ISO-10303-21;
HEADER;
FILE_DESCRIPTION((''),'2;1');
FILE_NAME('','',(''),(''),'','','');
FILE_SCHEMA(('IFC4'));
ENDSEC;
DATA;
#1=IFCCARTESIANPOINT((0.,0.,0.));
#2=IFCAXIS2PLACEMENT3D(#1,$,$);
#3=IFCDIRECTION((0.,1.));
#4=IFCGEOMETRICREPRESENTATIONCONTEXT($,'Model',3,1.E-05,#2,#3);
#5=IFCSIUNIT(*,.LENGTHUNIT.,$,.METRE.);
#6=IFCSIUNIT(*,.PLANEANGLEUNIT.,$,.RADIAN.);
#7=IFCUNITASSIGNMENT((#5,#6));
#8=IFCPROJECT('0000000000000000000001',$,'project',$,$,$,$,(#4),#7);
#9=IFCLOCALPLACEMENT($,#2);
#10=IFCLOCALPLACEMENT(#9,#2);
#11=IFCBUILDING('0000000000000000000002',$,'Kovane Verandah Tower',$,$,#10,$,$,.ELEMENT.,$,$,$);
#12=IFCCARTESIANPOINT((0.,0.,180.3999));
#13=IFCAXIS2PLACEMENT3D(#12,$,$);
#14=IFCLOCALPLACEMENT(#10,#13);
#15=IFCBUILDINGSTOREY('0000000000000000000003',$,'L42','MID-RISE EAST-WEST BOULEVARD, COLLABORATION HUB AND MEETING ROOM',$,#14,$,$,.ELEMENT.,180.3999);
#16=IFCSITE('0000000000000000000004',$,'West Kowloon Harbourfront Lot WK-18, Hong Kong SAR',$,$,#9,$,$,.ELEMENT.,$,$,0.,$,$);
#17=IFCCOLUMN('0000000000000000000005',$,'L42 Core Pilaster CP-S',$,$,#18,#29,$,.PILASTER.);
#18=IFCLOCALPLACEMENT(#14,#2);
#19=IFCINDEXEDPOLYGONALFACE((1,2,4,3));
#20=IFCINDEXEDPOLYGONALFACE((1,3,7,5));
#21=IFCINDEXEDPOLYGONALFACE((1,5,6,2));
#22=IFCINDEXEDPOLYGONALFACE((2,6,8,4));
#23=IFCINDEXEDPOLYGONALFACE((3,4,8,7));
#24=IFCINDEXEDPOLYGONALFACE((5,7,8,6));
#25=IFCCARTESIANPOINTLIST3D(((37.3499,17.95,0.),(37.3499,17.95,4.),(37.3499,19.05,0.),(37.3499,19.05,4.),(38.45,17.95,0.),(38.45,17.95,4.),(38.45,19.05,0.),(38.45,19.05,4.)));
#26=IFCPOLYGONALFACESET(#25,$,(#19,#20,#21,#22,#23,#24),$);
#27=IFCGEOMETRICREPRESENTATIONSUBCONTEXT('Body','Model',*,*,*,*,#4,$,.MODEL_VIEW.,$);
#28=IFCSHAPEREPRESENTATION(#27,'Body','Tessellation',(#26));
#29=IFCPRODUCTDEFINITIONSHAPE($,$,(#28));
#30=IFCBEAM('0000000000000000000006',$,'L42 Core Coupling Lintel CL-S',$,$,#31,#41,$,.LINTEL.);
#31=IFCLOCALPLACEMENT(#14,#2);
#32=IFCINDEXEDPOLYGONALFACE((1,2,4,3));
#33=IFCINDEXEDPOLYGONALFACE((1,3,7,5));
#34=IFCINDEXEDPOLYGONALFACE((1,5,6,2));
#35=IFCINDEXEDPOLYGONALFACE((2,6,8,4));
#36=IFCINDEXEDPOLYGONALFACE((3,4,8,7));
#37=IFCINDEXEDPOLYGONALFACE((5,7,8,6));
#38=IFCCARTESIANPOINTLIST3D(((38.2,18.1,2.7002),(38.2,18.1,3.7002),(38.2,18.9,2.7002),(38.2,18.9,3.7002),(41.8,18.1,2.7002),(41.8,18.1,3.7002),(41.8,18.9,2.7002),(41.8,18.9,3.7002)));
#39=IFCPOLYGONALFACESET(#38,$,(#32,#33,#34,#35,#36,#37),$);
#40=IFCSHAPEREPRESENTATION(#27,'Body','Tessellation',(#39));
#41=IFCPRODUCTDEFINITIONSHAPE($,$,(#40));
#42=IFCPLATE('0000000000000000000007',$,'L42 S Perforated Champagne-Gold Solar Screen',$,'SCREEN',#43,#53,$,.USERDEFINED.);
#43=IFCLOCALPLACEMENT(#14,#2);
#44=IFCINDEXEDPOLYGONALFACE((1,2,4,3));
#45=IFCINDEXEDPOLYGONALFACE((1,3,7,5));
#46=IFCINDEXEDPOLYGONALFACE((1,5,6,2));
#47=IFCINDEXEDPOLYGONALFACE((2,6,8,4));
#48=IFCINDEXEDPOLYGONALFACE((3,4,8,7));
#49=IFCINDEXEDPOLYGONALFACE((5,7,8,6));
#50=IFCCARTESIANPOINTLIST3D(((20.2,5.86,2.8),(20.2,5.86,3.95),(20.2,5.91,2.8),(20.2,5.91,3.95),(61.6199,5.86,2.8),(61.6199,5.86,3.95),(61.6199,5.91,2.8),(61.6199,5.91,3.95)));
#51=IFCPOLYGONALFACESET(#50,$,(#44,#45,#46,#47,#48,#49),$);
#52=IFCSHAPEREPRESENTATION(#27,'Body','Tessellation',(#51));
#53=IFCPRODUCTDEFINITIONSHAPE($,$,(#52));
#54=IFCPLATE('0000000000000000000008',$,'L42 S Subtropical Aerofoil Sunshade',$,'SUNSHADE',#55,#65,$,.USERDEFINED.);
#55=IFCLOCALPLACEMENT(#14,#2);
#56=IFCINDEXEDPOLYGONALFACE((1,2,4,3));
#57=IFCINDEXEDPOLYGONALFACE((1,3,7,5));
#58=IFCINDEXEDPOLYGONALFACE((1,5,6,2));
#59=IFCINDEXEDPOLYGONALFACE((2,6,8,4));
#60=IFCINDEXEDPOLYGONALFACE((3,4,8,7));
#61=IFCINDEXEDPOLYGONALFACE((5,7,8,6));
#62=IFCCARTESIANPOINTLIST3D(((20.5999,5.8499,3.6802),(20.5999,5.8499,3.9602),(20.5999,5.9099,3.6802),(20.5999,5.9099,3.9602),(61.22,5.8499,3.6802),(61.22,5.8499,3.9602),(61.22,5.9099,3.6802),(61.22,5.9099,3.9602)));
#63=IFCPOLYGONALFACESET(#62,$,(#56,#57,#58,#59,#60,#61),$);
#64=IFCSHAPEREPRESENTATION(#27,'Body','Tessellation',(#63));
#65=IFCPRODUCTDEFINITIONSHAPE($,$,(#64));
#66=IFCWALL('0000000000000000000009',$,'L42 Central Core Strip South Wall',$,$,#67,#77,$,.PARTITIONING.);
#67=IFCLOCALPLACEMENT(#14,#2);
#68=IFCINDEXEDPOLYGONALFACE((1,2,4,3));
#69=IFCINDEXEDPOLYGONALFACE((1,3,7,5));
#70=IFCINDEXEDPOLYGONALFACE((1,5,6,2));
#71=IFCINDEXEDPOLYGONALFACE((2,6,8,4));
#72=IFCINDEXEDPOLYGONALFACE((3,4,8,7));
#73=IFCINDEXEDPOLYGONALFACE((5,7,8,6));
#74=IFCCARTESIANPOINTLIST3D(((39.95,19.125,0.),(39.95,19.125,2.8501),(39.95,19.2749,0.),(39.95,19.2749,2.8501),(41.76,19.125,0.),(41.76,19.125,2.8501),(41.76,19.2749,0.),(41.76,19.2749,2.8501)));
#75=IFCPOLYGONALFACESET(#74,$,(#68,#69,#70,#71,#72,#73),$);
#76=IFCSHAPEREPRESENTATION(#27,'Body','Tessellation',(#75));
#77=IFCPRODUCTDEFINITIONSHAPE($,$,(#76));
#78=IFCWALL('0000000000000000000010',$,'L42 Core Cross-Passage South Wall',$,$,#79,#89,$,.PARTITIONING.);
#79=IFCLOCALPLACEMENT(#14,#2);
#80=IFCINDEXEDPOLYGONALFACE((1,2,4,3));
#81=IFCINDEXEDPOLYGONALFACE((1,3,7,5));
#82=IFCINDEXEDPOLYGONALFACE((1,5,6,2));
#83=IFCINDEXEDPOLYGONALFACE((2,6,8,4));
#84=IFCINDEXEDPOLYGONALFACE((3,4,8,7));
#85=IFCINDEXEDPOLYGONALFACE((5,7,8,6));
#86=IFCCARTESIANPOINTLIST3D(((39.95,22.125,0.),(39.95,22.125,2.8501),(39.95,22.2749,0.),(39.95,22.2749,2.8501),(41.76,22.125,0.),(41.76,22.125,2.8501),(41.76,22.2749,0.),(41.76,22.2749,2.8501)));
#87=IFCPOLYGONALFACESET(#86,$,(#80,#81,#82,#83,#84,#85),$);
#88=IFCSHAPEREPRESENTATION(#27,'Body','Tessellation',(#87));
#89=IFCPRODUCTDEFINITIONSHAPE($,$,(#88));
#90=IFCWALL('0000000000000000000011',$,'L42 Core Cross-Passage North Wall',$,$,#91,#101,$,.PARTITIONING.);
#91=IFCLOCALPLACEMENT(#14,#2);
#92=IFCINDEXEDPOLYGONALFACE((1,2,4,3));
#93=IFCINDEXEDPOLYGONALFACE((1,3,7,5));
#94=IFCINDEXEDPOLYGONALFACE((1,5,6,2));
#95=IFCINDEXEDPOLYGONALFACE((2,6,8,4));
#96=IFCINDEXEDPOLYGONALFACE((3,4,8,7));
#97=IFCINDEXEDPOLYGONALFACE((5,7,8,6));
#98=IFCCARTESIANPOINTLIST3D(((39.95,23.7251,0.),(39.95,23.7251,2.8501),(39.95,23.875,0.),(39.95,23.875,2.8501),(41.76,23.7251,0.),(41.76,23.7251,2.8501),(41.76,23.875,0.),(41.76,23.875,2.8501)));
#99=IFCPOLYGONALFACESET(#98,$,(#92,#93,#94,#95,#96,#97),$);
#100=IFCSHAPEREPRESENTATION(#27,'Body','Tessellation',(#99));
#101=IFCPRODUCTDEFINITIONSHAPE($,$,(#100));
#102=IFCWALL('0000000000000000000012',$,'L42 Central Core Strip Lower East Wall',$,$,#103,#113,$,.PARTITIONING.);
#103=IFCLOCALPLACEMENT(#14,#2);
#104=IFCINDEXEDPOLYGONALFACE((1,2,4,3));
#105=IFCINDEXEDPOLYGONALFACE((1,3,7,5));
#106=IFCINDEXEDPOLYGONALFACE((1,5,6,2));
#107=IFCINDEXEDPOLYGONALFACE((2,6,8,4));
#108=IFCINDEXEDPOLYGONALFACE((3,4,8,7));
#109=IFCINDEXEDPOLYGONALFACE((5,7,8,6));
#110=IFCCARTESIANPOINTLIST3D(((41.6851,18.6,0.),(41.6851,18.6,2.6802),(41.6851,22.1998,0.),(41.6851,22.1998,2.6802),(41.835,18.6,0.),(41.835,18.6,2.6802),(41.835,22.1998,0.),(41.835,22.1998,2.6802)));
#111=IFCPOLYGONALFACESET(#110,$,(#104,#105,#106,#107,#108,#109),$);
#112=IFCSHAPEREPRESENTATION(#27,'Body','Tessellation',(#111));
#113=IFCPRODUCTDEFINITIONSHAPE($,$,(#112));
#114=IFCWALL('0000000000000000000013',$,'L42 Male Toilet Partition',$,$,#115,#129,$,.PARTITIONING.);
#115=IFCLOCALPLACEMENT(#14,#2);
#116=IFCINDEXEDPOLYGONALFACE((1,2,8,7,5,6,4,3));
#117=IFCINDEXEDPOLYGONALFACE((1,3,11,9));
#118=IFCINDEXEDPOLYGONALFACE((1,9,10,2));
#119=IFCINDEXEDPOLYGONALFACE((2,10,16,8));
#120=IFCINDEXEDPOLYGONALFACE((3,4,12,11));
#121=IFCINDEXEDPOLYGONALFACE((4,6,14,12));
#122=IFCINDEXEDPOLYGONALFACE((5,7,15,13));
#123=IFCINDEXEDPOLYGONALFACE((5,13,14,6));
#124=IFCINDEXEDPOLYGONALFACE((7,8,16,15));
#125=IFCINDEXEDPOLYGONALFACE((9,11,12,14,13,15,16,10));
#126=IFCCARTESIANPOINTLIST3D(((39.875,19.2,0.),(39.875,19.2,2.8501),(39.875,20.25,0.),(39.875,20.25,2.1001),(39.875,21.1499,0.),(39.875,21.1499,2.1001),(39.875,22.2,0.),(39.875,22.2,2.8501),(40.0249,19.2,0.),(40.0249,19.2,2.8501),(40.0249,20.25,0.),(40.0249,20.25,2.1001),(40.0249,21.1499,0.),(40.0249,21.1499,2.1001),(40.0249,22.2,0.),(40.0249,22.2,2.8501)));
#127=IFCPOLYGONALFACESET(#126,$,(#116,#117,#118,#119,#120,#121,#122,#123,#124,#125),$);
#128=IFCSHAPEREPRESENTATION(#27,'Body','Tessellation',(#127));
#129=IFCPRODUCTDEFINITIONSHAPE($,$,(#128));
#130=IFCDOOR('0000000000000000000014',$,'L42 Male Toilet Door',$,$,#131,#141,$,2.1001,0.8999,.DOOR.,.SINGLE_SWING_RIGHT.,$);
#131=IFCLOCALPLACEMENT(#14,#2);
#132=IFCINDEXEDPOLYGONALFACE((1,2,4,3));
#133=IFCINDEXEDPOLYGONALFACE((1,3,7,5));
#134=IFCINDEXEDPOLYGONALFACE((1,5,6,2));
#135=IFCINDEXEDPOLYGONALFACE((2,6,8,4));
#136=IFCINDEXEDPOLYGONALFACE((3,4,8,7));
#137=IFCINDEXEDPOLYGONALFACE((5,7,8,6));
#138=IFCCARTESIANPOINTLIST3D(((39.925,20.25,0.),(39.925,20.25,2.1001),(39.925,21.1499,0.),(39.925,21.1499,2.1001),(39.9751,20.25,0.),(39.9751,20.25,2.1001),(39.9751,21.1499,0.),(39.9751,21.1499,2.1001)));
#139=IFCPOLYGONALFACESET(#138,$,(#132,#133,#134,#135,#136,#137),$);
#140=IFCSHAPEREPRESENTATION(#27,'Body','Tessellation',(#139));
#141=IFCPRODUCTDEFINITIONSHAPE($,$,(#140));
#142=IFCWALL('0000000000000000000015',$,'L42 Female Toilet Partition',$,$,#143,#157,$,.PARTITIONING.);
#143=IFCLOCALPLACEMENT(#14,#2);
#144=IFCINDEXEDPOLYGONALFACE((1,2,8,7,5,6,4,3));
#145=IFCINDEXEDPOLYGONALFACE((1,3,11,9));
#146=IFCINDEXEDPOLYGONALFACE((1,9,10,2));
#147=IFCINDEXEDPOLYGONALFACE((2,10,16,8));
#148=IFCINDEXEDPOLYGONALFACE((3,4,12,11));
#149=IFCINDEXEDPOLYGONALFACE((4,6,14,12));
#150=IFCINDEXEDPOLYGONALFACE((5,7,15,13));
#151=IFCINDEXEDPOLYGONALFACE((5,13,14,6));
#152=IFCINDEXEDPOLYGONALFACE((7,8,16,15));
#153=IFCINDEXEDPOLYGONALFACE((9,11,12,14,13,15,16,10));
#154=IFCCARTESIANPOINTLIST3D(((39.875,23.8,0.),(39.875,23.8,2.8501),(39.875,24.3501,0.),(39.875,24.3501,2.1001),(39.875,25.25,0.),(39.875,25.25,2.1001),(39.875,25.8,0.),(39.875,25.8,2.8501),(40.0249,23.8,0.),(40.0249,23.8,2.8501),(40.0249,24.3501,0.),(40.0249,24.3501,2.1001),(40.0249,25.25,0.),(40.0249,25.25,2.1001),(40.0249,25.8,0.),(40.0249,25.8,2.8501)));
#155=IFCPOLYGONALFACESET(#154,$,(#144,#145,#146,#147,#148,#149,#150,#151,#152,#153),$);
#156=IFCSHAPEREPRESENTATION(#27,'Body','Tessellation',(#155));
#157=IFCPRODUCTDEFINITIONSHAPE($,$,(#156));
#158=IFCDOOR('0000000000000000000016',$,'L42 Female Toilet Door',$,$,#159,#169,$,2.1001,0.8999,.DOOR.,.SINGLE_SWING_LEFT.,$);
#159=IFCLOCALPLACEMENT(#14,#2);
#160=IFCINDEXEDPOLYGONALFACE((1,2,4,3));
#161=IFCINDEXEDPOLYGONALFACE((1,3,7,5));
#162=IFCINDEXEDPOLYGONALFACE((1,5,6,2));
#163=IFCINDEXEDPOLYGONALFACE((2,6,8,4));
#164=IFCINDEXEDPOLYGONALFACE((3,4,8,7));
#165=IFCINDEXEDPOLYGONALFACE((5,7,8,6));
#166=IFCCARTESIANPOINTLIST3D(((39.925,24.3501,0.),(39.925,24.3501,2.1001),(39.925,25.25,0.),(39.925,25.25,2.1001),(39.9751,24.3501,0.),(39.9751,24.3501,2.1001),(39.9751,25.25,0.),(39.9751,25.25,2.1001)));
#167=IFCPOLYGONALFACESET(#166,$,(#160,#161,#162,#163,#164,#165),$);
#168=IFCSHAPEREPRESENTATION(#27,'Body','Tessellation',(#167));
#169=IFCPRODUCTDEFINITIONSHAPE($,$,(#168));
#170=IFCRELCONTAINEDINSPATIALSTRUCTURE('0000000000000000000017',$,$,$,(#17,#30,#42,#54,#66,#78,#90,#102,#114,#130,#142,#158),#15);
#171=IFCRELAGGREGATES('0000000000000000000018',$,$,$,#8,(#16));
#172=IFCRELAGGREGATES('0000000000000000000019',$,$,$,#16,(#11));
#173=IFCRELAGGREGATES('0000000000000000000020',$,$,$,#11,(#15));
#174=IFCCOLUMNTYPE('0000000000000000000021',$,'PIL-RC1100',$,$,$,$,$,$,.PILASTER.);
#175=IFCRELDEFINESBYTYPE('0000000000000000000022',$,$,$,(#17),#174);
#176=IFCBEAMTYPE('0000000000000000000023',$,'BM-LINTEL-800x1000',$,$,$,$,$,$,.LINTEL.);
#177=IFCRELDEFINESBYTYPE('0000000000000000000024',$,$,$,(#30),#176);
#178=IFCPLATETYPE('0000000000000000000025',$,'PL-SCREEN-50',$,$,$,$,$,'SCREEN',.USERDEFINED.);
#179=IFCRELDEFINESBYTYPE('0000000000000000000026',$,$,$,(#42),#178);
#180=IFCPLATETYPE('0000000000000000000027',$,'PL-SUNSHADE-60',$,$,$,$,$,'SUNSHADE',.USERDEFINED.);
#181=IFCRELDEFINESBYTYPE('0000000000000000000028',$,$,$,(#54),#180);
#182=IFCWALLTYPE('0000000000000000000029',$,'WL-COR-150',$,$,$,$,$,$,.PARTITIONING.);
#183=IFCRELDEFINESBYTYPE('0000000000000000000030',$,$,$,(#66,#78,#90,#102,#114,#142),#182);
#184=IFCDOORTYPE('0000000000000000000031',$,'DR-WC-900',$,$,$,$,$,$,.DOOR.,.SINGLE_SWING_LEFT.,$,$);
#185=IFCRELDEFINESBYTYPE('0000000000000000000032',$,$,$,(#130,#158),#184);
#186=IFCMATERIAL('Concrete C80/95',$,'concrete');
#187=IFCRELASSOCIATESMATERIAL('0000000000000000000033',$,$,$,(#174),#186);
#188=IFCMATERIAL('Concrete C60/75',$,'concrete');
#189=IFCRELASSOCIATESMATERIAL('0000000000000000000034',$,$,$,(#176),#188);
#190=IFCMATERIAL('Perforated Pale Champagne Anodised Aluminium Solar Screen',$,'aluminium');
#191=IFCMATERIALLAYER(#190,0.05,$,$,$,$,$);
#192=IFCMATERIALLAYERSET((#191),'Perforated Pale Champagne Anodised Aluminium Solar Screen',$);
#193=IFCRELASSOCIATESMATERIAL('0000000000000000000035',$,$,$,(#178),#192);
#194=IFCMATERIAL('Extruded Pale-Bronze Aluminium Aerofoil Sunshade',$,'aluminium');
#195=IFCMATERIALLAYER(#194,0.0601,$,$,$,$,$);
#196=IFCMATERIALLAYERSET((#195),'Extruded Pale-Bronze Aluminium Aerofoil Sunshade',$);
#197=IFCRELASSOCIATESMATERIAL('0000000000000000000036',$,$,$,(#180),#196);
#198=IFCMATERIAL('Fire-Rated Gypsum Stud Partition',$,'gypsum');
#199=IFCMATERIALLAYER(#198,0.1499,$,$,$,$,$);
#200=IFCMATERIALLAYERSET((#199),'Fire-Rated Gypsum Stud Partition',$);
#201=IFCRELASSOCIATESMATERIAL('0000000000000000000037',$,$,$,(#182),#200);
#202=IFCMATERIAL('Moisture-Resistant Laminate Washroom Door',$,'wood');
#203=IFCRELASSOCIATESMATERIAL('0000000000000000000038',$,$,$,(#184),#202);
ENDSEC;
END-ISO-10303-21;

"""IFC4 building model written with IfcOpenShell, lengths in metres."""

from ifc_helpers import new_model, si_unit, direction, frame, frame_2d, origin, origin_2d, place, context, subcontext, project, spatial, rectangle, extrude, material, layer, layer_set, material_profile, profile_set, type_object, element, fill, save


model = new_model("IFC4")

# Units and contexts
model_context = context("Model", 3, precision=1e-05, world=origin(), true_north=direction((0.0, 1.0)))
body_context = subcontext(model_context, "Body", "Model", "MODEL_VIEW")
ifc_project = project(units=[si_unit("LENGTHUNIT", "METRE"), si_unit("PLANEANGLEUNIT", "RADIAN")], contexts=[model_context])

# Site, building, storey
site_placement = place(None, origin())
site = spatial("IfcSite", under=ifc_project, at=site_placement, Name="West Kowloon Harbourfront Lot WK-18, Hong Kong SAR", CompositionType="ELEMENT", RefElevation=0.0)
building_placement = place(site_placement, origin())
building = spatial("IfcBuilding", under=site, at=building_placement, Name="Kovane Verandah Tower", CompositionType="ELEMENT")
storey_placement = place(building_placement, frame((0.0, 0.0, 180.3999)))
storey = spatial("IfcBuildingStorey", under=building, at=storey_placement, Name="L42", Description="MID-RISE EAST-WEST BOULEVARD, COLLABORATION HUB AND MEETING ROOM", CompositionType="ELEMENT", Elevation=180.3999)

# Column
ifc_material_1 = material(Name="Concrete C80/95", Category="concrete")
ifc_material_profile_1 = material_profile(ifc_material_1, rectangle(XDim=1.1001, YDim=1.1001, at=origin_2d()), Name="RC1100x1100")
ifc_profile_set_1 = profile_set([ifc_material_profile_1], Name="Concrete C80/95")
column_type = type_object("IfcColumnType", Name="PIL-RC1100", PredefinedType="PILASTER", material=ifc_profile_set_1)
column_placement = place(storey_placement, frame((37.8999, 18.5, 0.0), z_axis=(0.0, 0.0, 1.0), x_axis=(1.0, 0.0, 0.0)))
element("IfcColumn", 1, at=column_placement, inside=storey, type_object=column_type, Name="L42 Core Pilaster CP-S", PredefinedType="PILASTER", context=body_context, shape_type="SweptSolid", body=[
    extrude(rectangle(XDim=1.1001, YDim=1.1001, at=origin_2d()), origin(), (0.0, 0.0, 1.0), 4.0),
])

# Beam
ifc_material_2 = material(Name="Concrete C60/75", Category="concrete")
ifc_material_profile_2 = material_profile(ifc_material_2, rectangle(XDim=0.8, YDim=1.0, at=origin_2d()), Name="RCB800x1000")
ifc_profile_set_2 = profile_set([ifc_material_profile_2], Name="Concrete C60/75")
beam_type = type_object("IfcBeamType", Name="BM-LINTEL-800x1000", PredefinedType="LINTEL", material=ifc_profile_set_2)
beam_placement = place(storey_placement, frame((38.2, 18.5, 3.2002), z_axis=(1.0, 0.0, 0.0), x_axis=(0.0, 1.0, 0.0)))
element("IfcBeam", 2, at=beam_placement, inside=storey, type_object=beam_type, Name="L42 Core Coupling Lintel CL-S", PredefinedType="LINTEL", context=body_context, shape_type="SweptSolid", body=[
    extrude(rectangle(XDim=0.8, YDim=1.0, at=origin_2d()), origin(), (0.0, 0.0, 1.0), 3.6001),
])

# Plates
ifc_material_3 = material(Name="Perforated Pale Champagne Anodised Aluminium Solar Screen", Category="aluminium")
ifc_layer_1 = layer(ifc_material_3, 0.05)
ifc_layer_set_1 = layer_set([ifc_layer_1], Name="Perforated Pale Champagne Anodised Aluminium Solar Screen")
plate_type_1 = type_object("IfcPlateType", Name="PL-SCREEN-50", ElementType="SCREEN", PredefinedType="USERDEFINED", material=ifc_layer_set_1)
plate_1_placement = place(storey_placement, frame((40.9099, 5.885, 2.8), z_axis=(0.0, 0.0, 1.0), x_axis=(1.0, 0.0, 0.0)))
element("IfcPlate", 3, at=plate_1_placement, inside=storey, type_object=plate_type_1, Name="L42 S Perforated Champagne-Gold Solar Screen", ObjectType="SCREEN", PredefinedType="USERDEFINED", context=body_context, shape_type="SweptSolid", body=[
    extrude(rectangle(XDim=41.4199, YDim=0.05, at=origin_2d()), origin(), (0.0, 0.0, 1.0), 1.1499),
])
ifc_material_4 = material(Name="Extruded Pale-Bronze Aluminium Aerofoil Sunshade", Category="aluminium")
ifc_layer_2 = layer(ifc_material_4, 0.0601)
ifc_layer_set_2 = layer_set([ifc_layer_2], Name="Extruded Pale-Bronze Aluminium Aerofoil Sunshade")
plate_type_2 = type_object("IfcPlateType", Name="PL-SUNSHADE-60", ElementType="SUNSHADE", PredefinedType="USERDEFINED", material=ifc_layer_set_2)
plate_2_placement = place(storey_placement, frame((40.9099, 5.8799, 3.6802), z_axis=(0.0, 0.0, 1.0), x_axis=(1.0, 0.0, 0.0)))
element("IfcPlate", 4, at=plate_2_placement, inside=storey, type_object=plate_type_2, Name="L42 S Subtropical Aerofoil Sunshade", ObjectType="SUNSHADE", PredefinedType="USERDEFINED", context=body_context, shape_type="SweptSolid", body=[
    extrude(rectangle(XDim=40.6201, YDim=0.0601, at=origin_2d()), origin(), (0.0, 0.0, 1.0), 0.28),
])

# Walls
ifc_material_5 = material(Name="Fire-Rated Gypsum Stud Partition", Category="gypsum")
ifc_layer_3 = layer(ifc_material_5, 0.1499)
ifc_layer_set_3 = layer_set([ifc_layer_3], Name="Fire-Rated Gypsum Stud Partition")
wall_type_1 = type_object("IfcWallType", Name="WL-COR-150", PredefinedType="PARTITIONING", material=ifc_layer_set_3)
for number, where, z_axis, x_axis, name in (
    (5, (39.95, 19.2, 0.0), (0.0, 0.0, 1.0), (1.0, 0.0, 0.0), "L42 Central Core Strip South Wall"),
    (6, (39.95, 22.2, 0.0), (0.0, 0.0, 1.0), (1.0, 0.0, 0.0), "L42 Core Cross-Passage South Wall"),
    (7, (39.95, 23.8, 0.0), (0.0, 0.0, 1.0), (1.0, 0.0, 0.0), "L42 Core Cross-Passage North Wall"),
):
    element("IfcWall", number, at=place(storey_placement, frame(where, z_axis=z_axis, x_axis=x_axis)), inside=storey, type_object=wall_type_1, Name=name, PredefinedType="PARTITIONING", context=body_context, shape_type="SweptSolid", body=[
        extrude(rectangle(XDim=1.8101, YDim=0.1499, at=frame_2d((0.905, 0.0))), origin(), (0.0, 0.0, 1.0), 2.8501),
    ])
wall_1_placement = place(storey_placement, frame((41.76, 18.6001, 0.0), z_axis=(0.0, 0.0, 1.0), x_axis=(0.0, 1.0, 0.0)))
element("IfcWall", 8, at=wall_1_placement, inside=storey, type_object=wall_type_1, Name="L42 Central Core Strip Lower East Wall", PredefinedType="PARTITIONING", context=body_context, shape_type="SweptSolid", body=[
    extrude(rectangle(XDim=3.5999, YDim=0.1499, at=frame_2d((1.7998, 0.0))), origin(), (0.0, 0.0, 1.0), 2.6802),
])

# Walls, openings, doors
wall_2_placement = place(storey_placement, frame((39.95, 19.2, 0.0), z_axis=(0.0, 0.0, 1.0), x_axis=(0.0, 1.0, 0.0)))
wall_2 = element("IfcWall", 9, at=wall_2_placement, inside=storey, type_object=wall_type_1, Name="L42 Male Toilet Partition", PredefinedType="PARTITIONING", context=body_context, shape_type="SweptSolid", body=[
    extrude(rectangle(XDim=3.0, YDim=0.1499, at=frame_2d((1.5, 0.0))), origin(), (0.0, 0.0, 1.0), 2.8501),
])
opening_1_placement = place(wall_2_placement, frame((1.05, 0.0, 0.0)))
opening_1 = element("IfcOpeningElement", 10, at=opening_1_placement, cuts=wall_2, PredefinedType="OPENING", context=body_context, shape_type="SweptSolid", body=[
    extrude(rectangle(XDim=0.8999, YDim=2.1001, at=frame_2d((0.45, 1.05))), frame((0.0, 0.075, 0.0), z_axis=(0.0, -1.0, 0.0), x_axis=(1.0, 0.0, 0.0)), (0.0, 0.0, 1.0), 0.1499),
])
ifc_material_6 = material(Name="Moisture-Resistant Laminate Washroom Door", Category="wood")
door_type_1 = type_object("IfcDoorType", Name="DR-WC-900", OperationType="SINGLE_SWING_LEFT", PredefinedType="DOOR", material=ifc_material_6)
door_1_placement = place(opening_1_placement, origin())
door_1 = element("IfcDoor", 11, at=door_1_placement, inside=storey, type_object=door_type_1, Name="L42 Male Toilet Door", OperationType="SINGLE_SWING_RIGHT", OverallHeight=2.1001, OverallWidth=0.8999, PredefinedType="DOOR", context=body_context, shape_type="SweptSolid", body=[
    extrude(rectangle(XDim=0.8999, YDim=2.1001, at=frame_2d((0.45, 1.05))), frame((0.0, 0.0249, 0.0), z_axis=(0.0, -1.0, 0.0), x_axis=(1.0, 0.0, 0.0)), (0.0, 0.0, 1.0), 0.05),
])
fill(opening_1, door_1)
wall_3_placement = place(storey_placement, frame((39.95, 23.8, 0.0), z_axis=(0.0, 0.0, 1.0), x_axis=(0.0, 1.0, 0.0)))
wall_3 = element("IfcWall", 12, at=wall_3_placement, inside=storey, type_object=wall_type_1, Name="L42 Female Toilet Partition", PredefinedType="PARTITIONING", context=body_context, shape_type="SweptSolid", body=[
    extrude(rectangle(XDim=2.0, YDim=0.1499, at=frame_2d((1.0, 0.0))), origin(), (0.0, 0.0, 1.0), 2.8501),
])
opening_2_placement = place(wall_3_placement, frame((0.55, 0.0, 0.0)))
opening_2 = element("IfcOpeningElement", 13, at=opening_2_placement, cuts=wall_3, PredefinedType="OPENING", context=body_context, shape_type="SweptSolid", body=[
    extrude(rectangle(XDim=0.8999, YDim=2.1001, at=frame_2d((0.45, 1.05))), frame((0.0, 0.075, 0.0), z_axis=(0.0, -1.0, 0.0), x_axis=(1.0, 0.0, 0.0)), (0.0, 0.0, 1.0), 0.1499),
])
door_2_placement = place(opening_2_placement, origin())
door_2 = element("IfcDoor", 14, at=door_2_placement, inside=storey, type_object=door_type_1, Name="L42 Female Toilet Door", OperationType="SINGLE_SWING_LEFT", OverallHeight=2.1001, OverallWidth=0.8999, PredefinedType="DOOR", context=body_context, shape_type="SweptSolid", body=[
    extrude(rectangle(XDim=0.8999, YDim=2.1001, at=frame_2d((0.45, 1.05))), frame((0.0, 0.0249, 0.0), z_axis=(0.0, -1.0, 0.0), x_axis=(1.0, 0.0, 0.0)), (0.0, 0.0, 1.0), 0.05),
])
fill(opening_2, door_2)

save(model, "model.ifc")
